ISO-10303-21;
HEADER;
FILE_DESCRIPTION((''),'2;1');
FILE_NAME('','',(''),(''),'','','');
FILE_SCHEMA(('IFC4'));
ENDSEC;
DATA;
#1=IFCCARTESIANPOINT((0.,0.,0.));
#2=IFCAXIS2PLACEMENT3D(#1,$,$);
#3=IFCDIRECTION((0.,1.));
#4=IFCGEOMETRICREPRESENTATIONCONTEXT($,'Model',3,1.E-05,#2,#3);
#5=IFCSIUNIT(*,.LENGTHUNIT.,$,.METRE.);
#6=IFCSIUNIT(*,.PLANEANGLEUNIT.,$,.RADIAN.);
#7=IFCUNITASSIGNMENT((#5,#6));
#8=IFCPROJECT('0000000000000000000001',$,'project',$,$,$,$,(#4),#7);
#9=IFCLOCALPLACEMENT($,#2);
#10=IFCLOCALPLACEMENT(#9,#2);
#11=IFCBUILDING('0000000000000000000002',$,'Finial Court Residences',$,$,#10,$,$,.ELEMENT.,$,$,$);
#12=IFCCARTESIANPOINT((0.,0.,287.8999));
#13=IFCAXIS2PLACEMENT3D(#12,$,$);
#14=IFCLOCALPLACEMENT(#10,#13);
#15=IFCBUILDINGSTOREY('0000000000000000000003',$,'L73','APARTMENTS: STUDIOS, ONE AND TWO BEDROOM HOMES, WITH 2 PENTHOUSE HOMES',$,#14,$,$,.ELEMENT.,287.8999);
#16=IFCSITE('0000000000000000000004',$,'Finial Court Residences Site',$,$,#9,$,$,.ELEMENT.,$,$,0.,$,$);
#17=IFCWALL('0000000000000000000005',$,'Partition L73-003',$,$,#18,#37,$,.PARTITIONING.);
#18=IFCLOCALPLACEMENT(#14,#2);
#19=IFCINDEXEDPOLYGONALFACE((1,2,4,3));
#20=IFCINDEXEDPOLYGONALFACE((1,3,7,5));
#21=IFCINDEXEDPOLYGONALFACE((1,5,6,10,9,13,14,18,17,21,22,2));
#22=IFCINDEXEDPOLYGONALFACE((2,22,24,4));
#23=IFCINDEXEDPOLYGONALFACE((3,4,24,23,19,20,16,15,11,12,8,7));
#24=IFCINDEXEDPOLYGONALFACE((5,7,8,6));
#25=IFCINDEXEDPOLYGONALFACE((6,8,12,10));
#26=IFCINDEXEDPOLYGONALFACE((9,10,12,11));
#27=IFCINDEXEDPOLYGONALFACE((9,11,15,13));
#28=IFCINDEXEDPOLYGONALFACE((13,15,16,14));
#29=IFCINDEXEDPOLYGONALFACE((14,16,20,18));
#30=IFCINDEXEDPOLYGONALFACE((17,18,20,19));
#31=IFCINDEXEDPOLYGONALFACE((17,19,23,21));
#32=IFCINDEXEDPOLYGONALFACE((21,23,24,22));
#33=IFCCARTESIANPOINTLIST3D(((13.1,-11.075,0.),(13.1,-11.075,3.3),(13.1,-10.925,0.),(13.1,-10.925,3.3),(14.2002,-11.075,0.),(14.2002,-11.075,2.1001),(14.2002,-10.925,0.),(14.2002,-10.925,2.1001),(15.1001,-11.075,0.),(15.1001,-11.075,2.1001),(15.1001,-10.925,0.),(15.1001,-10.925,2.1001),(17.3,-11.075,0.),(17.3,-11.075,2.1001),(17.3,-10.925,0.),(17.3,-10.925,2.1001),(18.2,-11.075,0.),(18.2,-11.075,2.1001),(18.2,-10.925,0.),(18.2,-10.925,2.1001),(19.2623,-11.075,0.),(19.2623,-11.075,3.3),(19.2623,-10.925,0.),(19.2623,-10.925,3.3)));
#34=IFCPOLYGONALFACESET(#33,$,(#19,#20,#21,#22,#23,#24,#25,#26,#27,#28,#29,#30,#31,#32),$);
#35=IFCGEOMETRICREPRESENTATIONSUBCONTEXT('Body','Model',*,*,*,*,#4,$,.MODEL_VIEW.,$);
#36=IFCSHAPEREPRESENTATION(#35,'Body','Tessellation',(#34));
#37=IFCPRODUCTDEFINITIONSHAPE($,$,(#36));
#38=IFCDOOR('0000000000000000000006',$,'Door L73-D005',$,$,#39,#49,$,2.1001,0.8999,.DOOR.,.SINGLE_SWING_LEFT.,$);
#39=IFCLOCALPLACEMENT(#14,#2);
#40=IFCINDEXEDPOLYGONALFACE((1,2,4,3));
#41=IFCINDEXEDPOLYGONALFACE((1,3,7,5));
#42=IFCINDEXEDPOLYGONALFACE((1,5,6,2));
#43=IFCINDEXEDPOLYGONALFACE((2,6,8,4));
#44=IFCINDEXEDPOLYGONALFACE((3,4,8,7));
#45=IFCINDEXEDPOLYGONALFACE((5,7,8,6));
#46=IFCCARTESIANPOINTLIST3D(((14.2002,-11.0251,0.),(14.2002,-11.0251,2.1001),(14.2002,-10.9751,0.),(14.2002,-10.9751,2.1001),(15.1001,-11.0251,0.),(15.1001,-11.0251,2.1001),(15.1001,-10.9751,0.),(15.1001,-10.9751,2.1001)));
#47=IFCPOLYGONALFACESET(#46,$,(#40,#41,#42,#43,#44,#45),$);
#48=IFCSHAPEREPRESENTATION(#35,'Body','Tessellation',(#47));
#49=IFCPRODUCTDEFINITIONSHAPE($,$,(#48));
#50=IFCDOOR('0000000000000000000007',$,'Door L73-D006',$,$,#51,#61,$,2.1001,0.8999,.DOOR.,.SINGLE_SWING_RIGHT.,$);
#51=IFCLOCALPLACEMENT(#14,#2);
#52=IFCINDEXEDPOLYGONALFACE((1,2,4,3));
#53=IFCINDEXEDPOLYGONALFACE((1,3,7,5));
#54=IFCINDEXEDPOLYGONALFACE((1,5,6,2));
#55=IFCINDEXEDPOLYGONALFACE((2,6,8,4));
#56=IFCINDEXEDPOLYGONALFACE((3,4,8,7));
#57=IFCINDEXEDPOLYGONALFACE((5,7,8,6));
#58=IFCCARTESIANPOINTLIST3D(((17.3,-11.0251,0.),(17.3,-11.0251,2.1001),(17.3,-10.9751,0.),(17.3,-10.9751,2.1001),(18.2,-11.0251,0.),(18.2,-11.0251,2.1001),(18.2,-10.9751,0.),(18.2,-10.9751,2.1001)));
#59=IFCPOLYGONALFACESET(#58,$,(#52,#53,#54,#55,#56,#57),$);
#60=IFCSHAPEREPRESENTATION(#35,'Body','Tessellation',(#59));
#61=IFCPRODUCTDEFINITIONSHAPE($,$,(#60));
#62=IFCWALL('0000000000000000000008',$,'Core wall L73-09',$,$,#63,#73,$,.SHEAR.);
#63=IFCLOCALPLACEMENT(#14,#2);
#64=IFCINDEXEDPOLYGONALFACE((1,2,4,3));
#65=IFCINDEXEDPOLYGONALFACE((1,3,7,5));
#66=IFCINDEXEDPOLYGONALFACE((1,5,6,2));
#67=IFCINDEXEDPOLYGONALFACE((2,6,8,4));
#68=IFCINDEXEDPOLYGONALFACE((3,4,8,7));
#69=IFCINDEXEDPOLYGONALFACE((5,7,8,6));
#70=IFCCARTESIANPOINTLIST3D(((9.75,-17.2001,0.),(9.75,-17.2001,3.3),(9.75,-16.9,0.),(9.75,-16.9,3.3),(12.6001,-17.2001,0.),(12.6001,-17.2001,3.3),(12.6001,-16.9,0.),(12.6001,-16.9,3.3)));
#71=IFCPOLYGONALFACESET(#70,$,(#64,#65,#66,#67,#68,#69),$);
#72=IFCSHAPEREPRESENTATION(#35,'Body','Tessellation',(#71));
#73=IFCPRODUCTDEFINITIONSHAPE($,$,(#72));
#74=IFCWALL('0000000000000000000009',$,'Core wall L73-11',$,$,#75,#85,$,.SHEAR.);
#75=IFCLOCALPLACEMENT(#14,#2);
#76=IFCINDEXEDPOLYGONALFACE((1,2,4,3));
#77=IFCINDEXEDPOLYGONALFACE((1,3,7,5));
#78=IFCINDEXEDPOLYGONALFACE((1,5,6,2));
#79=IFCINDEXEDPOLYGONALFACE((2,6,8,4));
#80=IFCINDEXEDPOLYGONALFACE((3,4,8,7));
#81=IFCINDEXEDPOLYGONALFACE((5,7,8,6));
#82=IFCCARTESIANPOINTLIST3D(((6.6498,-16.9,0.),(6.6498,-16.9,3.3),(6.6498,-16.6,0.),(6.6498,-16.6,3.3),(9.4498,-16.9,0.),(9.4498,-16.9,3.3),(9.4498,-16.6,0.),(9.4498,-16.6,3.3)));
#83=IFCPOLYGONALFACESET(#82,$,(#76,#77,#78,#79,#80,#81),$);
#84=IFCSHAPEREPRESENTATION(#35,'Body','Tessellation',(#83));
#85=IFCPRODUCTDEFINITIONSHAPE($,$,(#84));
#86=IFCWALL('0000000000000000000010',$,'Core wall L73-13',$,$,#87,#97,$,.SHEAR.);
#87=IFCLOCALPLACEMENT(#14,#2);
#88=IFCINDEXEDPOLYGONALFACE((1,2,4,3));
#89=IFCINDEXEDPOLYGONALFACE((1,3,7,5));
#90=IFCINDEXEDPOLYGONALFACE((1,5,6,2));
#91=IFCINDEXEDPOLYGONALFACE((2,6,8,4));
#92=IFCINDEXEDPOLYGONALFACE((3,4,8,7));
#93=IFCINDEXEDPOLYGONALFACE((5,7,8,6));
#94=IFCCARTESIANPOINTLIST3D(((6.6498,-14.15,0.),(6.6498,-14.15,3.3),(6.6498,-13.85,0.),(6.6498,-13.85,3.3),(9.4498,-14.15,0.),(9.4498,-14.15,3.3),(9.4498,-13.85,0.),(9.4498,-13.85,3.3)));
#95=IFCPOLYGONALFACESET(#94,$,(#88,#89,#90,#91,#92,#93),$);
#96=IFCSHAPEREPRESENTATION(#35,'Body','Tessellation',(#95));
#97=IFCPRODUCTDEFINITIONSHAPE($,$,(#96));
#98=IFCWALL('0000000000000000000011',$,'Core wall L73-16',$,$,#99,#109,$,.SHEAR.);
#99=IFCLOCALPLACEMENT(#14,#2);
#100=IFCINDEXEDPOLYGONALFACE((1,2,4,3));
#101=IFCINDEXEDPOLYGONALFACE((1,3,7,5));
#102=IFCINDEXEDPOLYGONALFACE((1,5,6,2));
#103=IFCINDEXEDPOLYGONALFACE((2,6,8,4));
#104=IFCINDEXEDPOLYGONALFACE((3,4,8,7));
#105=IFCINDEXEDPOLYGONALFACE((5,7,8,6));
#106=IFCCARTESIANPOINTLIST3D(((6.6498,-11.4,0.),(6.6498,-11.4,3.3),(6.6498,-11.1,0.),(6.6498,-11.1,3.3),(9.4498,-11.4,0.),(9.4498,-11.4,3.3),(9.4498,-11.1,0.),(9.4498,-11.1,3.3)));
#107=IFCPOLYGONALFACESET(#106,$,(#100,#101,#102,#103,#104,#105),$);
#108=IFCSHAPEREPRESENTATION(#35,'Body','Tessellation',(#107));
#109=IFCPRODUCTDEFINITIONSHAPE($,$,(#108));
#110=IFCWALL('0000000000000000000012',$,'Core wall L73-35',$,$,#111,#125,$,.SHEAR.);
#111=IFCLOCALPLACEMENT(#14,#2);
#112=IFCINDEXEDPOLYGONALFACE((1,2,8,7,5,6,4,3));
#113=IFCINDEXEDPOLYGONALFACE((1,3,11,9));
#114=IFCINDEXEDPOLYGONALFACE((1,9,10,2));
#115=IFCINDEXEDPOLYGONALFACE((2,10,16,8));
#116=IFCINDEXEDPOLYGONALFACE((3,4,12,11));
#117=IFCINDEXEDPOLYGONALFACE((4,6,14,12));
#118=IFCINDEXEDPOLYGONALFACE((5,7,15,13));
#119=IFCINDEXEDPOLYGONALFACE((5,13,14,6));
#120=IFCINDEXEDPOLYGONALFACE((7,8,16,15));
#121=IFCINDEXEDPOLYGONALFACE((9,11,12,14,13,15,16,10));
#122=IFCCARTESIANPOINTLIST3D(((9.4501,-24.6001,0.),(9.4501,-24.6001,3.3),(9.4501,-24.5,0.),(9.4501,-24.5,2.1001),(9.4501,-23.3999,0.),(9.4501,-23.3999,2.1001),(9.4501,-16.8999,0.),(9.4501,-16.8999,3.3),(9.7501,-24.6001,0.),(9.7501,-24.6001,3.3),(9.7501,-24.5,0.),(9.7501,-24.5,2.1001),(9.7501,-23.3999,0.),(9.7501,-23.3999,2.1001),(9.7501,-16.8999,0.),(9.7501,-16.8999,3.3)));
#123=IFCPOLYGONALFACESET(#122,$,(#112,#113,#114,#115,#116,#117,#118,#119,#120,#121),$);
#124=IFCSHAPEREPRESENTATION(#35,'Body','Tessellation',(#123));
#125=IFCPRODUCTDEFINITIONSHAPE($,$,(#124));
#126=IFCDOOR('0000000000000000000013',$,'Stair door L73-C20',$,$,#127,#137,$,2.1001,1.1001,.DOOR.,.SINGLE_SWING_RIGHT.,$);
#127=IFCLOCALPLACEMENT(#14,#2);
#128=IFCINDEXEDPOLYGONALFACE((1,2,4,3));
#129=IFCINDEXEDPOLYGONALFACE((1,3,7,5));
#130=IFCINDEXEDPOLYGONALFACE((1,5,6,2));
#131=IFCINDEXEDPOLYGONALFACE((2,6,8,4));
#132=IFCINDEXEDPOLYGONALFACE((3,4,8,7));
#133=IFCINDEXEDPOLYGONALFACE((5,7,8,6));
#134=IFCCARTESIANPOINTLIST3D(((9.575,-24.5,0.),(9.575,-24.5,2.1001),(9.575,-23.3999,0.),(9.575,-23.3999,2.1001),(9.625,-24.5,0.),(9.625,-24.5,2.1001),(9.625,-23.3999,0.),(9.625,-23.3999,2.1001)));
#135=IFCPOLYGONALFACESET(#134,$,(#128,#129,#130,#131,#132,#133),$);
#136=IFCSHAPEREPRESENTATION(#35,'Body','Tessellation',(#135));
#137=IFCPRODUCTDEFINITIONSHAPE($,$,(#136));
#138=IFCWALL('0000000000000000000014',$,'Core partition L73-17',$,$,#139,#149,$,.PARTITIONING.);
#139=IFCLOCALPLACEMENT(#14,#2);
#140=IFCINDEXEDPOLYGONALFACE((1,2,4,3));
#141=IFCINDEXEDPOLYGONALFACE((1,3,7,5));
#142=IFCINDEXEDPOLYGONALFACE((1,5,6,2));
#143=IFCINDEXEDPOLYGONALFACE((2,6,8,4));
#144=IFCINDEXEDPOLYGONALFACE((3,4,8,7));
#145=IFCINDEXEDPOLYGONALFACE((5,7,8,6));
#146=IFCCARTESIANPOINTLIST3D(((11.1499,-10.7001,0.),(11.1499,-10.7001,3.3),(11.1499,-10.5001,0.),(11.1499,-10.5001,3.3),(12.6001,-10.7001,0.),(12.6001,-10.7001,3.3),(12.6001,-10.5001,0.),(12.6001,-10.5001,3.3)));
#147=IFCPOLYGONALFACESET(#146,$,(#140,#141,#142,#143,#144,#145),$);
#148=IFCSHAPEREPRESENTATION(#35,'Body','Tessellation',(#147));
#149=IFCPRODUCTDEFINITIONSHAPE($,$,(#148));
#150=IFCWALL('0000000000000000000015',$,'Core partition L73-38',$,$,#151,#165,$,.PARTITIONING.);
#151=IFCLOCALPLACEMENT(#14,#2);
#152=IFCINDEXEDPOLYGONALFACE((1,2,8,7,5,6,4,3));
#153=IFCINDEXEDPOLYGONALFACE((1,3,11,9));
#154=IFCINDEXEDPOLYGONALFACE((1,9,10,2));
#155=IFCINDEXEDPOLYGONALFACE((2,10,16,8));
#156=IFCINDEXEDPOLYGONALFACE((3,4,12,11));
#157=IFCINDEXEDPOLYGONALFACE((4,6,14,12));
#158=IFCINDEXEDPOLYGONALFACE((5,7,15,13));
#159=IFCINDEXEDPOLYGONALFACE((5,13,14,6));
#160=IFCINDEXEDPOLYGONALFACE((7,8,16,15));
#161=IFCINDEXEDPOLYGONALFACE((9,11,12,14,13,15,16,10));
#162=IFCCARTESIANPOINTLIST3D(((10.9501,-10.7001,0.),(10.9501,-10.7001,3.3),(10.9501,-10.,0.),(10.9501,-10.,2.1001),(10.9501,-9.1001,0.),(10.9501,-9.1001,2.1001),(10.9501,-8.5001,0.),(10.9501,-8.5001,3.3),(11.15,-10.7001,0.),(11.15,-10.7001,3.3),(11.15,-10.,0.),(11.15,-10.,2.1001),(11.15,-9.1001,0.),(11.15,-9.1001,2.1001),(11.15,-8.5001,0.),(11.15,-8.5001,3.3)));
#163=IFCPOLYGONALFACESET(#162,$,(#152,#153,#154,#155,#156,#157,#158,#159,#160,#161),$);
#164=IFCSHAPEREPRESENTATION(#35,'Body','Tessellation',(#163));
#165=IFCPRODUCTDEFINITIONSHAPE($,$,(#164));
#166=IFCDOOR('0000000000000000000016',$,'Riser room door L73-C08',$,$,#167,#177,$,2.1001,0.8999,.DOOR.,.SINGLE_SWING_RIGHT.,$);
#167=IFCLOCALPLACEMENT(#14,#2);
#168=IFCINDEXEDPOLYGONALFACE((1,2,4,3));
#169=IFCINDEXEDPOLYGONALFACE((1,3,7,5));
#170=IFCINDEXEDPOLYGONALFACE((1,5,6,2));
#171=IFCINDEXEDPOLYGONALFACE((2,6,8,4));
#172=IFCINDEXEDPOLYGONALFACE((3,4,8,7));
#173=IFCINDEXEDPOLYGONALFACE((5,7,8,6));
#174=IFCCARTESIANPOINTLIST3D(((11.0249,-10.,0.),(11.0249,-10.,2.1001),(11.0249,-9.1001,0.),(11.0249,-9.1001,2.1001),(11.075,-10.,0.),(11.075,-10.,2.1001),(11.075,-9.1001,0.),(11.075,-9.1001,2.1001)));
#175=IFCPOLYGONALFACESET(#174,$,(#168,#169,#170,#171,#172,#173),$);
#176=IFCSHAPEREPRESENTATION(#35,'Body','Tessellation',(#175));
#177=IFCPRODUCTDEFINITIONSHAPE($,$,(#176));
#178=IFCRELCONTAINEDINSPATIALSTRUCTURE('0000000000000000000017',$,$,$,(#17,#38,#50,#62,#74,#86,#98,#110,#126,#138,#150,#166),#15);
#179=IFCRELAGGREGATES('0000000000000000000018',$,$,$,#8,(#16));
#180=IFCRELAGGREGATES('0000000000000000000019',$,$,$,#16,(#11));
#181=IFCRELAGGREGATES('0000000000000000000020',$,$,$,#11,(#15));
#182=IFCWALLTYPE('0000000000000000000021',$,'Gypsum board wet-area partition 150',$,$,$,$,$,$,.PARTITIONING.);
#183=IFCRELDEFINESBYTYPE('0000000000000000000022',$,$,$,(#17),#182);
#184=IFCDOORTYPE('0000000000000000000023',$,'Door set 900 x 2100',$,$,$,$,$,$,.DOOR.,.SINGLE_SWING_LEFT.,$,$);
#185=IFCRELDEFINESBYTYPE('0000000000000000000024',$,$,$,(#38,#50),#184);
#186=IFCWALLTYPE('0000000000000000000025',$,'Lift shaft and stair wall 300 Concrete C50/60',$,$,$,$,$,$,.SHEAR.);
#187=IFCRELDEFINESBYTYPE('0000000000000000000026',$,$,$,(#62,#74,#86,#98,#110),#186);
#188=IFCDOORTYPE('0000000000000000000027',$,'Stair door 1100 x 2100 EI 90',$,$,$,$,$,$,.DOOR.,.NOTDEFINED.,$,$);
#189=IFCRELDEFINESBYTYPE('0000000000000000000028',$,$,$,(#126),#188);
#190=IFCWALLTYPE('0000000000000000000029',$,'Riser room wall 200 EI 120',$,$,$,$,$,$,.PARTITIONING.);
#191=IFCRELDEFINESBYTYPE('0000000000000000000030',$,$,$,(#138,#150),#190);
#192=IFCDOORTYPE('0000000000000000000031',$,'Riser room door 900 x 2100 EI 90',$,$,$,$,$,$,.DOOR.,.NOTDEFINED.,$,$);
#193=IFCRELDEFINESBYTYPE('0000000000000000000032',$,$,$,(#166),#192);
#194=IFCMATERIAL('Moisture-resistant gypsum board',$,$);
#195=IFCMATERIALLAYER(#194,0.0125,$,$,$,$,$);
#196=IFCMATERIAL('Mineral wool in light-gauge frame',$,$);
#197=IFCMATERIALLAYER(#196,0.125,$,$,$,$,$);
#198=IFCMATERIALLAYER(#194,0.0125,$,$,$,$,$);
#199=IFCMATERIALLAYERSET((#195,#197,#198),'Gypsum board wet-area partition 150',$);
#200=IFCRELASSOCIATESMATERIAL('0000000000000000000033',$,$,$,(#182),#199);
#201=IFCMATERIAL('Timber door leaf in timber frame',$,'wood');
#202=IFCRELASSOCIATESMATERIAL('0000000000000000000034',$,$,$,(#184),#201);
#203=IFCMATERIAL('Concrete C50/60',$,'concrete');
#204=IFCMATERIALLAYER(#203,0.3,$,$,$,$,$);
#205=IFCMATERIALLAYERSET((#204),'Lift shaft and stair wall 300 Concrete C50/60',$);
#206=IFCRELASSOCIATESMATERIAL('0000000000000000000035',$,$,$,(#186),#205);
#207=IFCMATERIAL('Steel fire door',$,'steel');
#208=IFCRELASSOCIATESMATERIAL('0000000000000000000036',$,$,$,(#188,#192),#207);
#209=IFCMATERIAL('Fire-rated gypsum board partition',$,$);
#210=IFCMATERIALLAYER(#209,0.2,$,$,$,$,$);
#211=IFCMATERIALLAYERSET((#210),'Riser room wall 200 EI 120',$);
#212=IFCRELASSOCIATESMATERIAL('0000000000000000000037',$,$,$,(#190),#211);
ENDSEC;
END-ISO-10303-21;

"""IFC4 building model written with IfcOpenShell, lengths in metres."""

from ifc_helpers import new_model, si_unit, direction, frame, frame_2d, origin, place, context, subcontext, project, spatial, rectangle, extrude, material, layer, layer_set, type_object, element, fill, save


model = new_model("IFC4")

# Units and contexts
model_context = context("Model", 3, precision=1e-05, world=origin(), true_north=direction((0.0, 1.0)))
body_context = subcontext(model_context, "Body", "Model", "MODEL_VIEW")
ifc_project = project(units=[si_unit("LENGTHUNIT", "METRE"), si_unit("PLANEANGLEUNIT", "RADIAN")], contexts=[model_context])

# Site, building, storey
site_placement = place(None, origin())
site = spatial("IfcSite", under=ifc_project, at=site_placement, Name="Finial Court Residences Site", CompositionType="ELEMENT", RefElevation=0.0)
building_placement = place(site_placement, origin())
building = spatial("IfcBuilding", under=site, at=building_placement, Name="Finial Court Residences", CompositionType="ELEMENT")
storey_placement = place(building_placement, frame((0.0, 0.0, 287.8999)))
storey = spatial("IfcBuildingStorey", under=building, at=storey_placement, Name="L73", Description="APARTMENTS: STUDIOS, ONE AND TWO BEDROOM HOMES, WITH 2 PENTHOUSE HOMES", CompositionType="ELEMENT", Elevation=287.8999)

# Shared definitions
ifc_material_1 = material(Name="Concrete C50/60", Category="concrete")

# Shared definitions
ifc_material_2 = material(Name="Fire-rated gypsum board partition")

# Shared definitions
ifc_material_3 = material(Name="Mineral wool in light-gauge frame")

# Shared definitions
ifc_material_4 = material(Name="Moisture-resistant gypsum board")
ifc_layer_1 = layer(ifc_material_4, 0.0125)
ifc_layer_2 = layer(ifc_material_3, 0.125)
ifc_layer_3 = layer(ifc_material_4, 0.0125)
ifc_layer_set_1 = layer_set([ifc_layer_1, ifc_layer_2, ifc_layer_3], Name="Gypsum board wet-area partition 150")
wall_type_1 = type_object("IfcWallType", Name="Gypsum board wet-area partition 150", PredefinedType="PARTITIONING", material=ifc_layer_set_1)
ifc_material_5 = material(Name="Timber door leaf in timber frame", Category="wood")
door_type_1 = type_object("IfcDoorType", Name="Door set 900 x 2100", OperationType="SINGLE_SWING_LEFT", PredefinedType="DOOR", material=ifc_material_5)

# Wall, openings, doors
wall_1_placement = place(storey_placement, frame((13.1001, -11.0, 0.0), z_axis=(0.0, 0.0, 1.0), x_axis=(1.0, 0.0, 0.0)))
wall_1 = element("IfcWall", 1, at=wall_1_placement, inside=storey, type_object=wall_type_1, Name="Partition L73-003", PredefinedType="PARTITIONING", context=body_context, shape_type="SweptSolid", body=[
    extrude(rectangle(XDim=6.1624, YDim=0.1499, at=frame_2d((3.0811, 0.0))), origin(), (0.0, 0.0, 1.0), 3.3),
])
opening_1_placement = place(wall_1_placement, frame((1.1001, 0.0, 0.0)))
opening_1 = element("IfcOpeningElement", 2, at=opening_1_placement, cuts=wall_1, PredefinedType="OPENING", context=body_context, shape_type="SweptSolid", body=[
    extrude(rectangle(XDim=0.8999, YDim=2.1001, at=frame_2d((0.45, 1.05))), frame((0.0, 0.085, 0.0), z_axis=(0.0, -1.0, 0.0), x_axis=(1.0, 0.0, 0.0)), (0.0, 0.0, 1.0), 0.1699),
])
opening_2_placement = place(wall_1_placement, frame((4.2, 0.0, 0.0)))
opening_2 = element("IfcOpeningElement", 3, at=opening_2_placement, cuts=wall_1, PredefinedType="OPENING", context=body_context, shape_type="SweptSolid", body=[
    extrude(rectangle(XDim=0.8999, YDim=2.1001, at=frame_2d((0.45, 1.05))), frame((0.0, 0.085, 0.0), z_axis=(0.0, -1.0, 0.0), x_axis=(1.0, 0.0, 0.0)), (0.0, 0.0, 1.0), 0.1699),
])
door_1_placement = place(opening_1_placement, origin())
door_1 = element("IfcDoor", 4, at=door_1_placement, inside=storey, type_object=door_type_1, Name="Door L73-D005", OperationType="SINGLE_SWING_LEFT", OverallHeight=2.1001, OverallWidth=0.8999, PredefinedType="DOOR", context=body_context, shape_type="SweptSolid", body=[
    extrude(rectangle(XDim=0.8999, YDim=2.1001, at=frame_2d((0.45, 1.05))), frame((0.0, 0.0249, 0.0), z_axis=(0.0, -1.0, 0.0), x_axis=(1.0, 0.0, 0.0)), (0.0, 0.0, 1.0), 0.05),
])
fill(opening_1, door_1)
door_2_placement = place(opening_2_placement, origin())
door_2 = element("IfcDoor", 5, at=door_2_placement, inside=storey, type_object=door_type_1, Name="Door L73-D006", OperationType="SINGLE_SWING_RIGHT", OverallHeight=2.1001, OverallWidth=0.8999, PredefinedType="DOOR", context=body_context, shape_type="SweptSolid", body=[
    extrude(rectangle(XDim=0.8999, YDim=2.1001, at=frame_2d((0.45, 1.05))), frame((0.0, 0.0249, 0.0), z_axis=(0.0, -1.0, 0.0), x_axis=(1.0, 0.0, 0.0)), (0.0, 0.0, 1.0), 0.05),
])
fill(opening_2, door_2)

# Walls
ifc_layer_4 = layer(ifc_material_1, 0.3)
ifc_layer_set_2 = layer_set([ifc_layer_4], Name="Lift shaft and stair wall 300 Concrete C50/60")
wall_type_2 = type_object("IfcWallType", Name="Lift shaft and stair wall 300 Concrete C50/60", PredefinedType="SHEAR", material=ifc_layer_set_2)
wall_2_placement = place(storey_placement, frame((9.75, -17.05, 0.0), z_axis=(0.0, 0.0, 1.0), x_axis=(1.0, 0.0, 0.0)))
element("IfcWall", 6, at=wall_2_placement, inside=storey, type_object=wall_type_2, Name="Core wall L73-09", PredefinedType="SHEAR", context=body_context, shape_type="SweptSolid", body=[
    extrude(rectangle(XDim=2.8501, YDim=0.3, at=frame_2d((1.425, 0.0))), origin(), (0.0, 0.0, 1.0), 3.3),
])
for number, where, z_axis, x_axis, name in (
    (7, (6.6499, -16.75, 0.0), (0.0, 0.0, 1.0), (1.0, 0.0, 0.0), "Core wall L73-11"),
    (8, (6.6499, -14.0, 0.0), (0.0, 0.0, 1.0), (1.0, 0.0, 0.0), "Core wall L73-13"),
    (9, (6.6499, -11.25, 0.0), (0.0, 0.0, 1.0), (1.0, 0.0, 0.0), "Core wall L73-16"),
):
    element("IfcWall", number, at=place(storey_placement, frame(where, z_axis=z_axis, x_axis=x_axis)), inside=storey, type_object=wall_type_2, Name=name, PredefinedType="SHEAR", context=body_context, shape_type="SweptSolid", body=[
        extrude(rectangle(XDim=2.8, YDim=0.3, at=frame_2d((1.3999, 0.0))), origin(), (0.0, 0.0, 1.0), 3.3),
    ])

# Wall, opening, door
wall_3_placement = place(storey_placement, frame((9.6001, -16.8999, 0.0), z_axis=(0.0, 0.0, 1.0), x_axis=(0.0, -1.0, 0.0)))
wall_3 = element("IfcWall", 10, at=wall_3_placement, inside=storey, type_object=wall_type_2, Name="Core wall L73-35", PredefinedType="SHEAR", context=body_context, shape_type="SweptSolid", body=[
    extrude(rectangle(XDim=7.7002, YDim=0.3, at=frame_2d((3.8501, 0.0))), origin(), (0.0, 0.0, 1.0), 3.3),
])
opening_3_placement = place(wall_3_placement, frame((6.5, 0.0, 0.0)))
opening_3 = element("IfcOpeningElement", 11, at=opening_3_placement, cuts=wall_3, PredefinedType="OPENING", context=body_context, shape_type="SweptSolid", body=[
    extrude(rectangle(XDim=1.1001, YDim=2.1001, at=frame_2d((0.55, 1.05))), frame((0.0, 0.1599, 0.0), z_axis=(0.0, -1.0, 0.0), x_axis=(1.0, 0.0, 0.0)), (0.0, 0.0, 1.0), 0.3201),
])
ifc_material_6 = material(Name="Steel fire door", Category="steel")
door_type_2 = type_object("IfcDoorType", Name="Stair door 1100 x 2100 EI 90", OperationType="NOTDEFINED", PredefinedType="DOOR", material=ifc_material_6)
door_3_placement = place(opening_3_placement, origin())
door_3 = element("IfcDoor", 12, at=door_3_placement, inside=storey, type_object=door_type_2, Name="Stair door L73-C20", OperationType="SINGLE_SWING_RIGHT", OverallHeight=2.1001, OverallWidth=1.1001, PredefinedType="DOOR", context=body_context, shape_type="SweptSolid", body=[
    extrude(rectangle(XDim=1.1001, YDim=2.1001, at=frame_2d((0.55, 1.05))), frame((0.0, 0.0249, 0.0), z_axis=(0.0, -1.0, 0.0), x_axis=(1.0, 0.0, 0.0)), (0.0, 0.0, 1.0), 0.05),
])
fill(opening_3, door_3)

# Wall
ifc_layer_5 = layer(ifc_material_2, 0.2)
ifc_layer_set_3 = layer_set([ifc_layer_5], Name="Riser room wall 200 EI 120")
wall_type_3 = type_object("IfcWallType", Name="Riser room wall 200 EI 120", PredefinedType="PARTITIONING", material=ifc_layer_set_3)
wall_4_placement = place(storey_placement, frame((11.1499, -10.6001, 0.0), z_axis=(0.0, 0.0, 1.0), x_axis=(1.0, 0.0, 0.0)))
element("IfcWall", 13, at=wall_4_placement, inside=storey, type_object=wall_type_3, Name="Core partition L73-17", PredefinedType="PARTITIONING", context=body_context, shape_type="SweptSolid", body=[
    extrude(rectangle(XDim=1.4502, YDim=0.2, at=frame_2d((0.7251, 0.0))), origin(), (0.0, 0.0, 1.0), 3.3),
])

# Wall, opening, door
wall_5_placement = place(storey_placement, frame((11.05, -8.5, 0.0), z_axis=(0.0, 0.0, 1.0), x_axis=(0.0, -1.0, 0.0)))
wall_5 = element("IfcWall", 14, at=wall_5_placement, inside=storey, type_object=wall_type_3, Name="Core partition L73-38", PredefinedType="PARTITIONING", context=body_context, shape_type="SweptSolid", body=[
    extrude(rectangle(XDim=2.2, YDim=0.2, at=frame_2d((1.1001, 0.0))), origin(), (0.0, 0.0, 1.0), 3.3),
])
opening_4_placement = place(wall_5_placement, frame((0.6001, 0.0, 0.0)))
opening_4 = element("IfcOpeningElement", 15, at=opening_4_placement, cuts=wall_5, PredefinedType="OPENING", context=body_context, shape_type="SweptSolid", body=[
    extrude(rectangle(XDim=0.8999, YDim=2.1001, at=frame_2d((0.45, 1.05))), frame((0.0, 0.1099, 0.0), z_axis=(0.0, -1.0, 0.0), x_axis=(1.0, 0.0, 0.0)), (0.0, 0.0, 1.0), 0.22),
])
door_type_3 = type_object("IfcDoorType", Name="Riser room door 900 x 2100 EI 90", OperationType="NOTDEFINED", PredefinedType="DOOR", material=ifc_material_6)
door_4_placement = place(opening_4_placement, origin())
door_4 = element("IfcDoor", 16, at=door_4_placement, inside=storey, type_object=door_type_3, Name="Riser room door L73-C08", OperationType="SINGLE_SWING_RIGHT", OverallHeight=2.1001, OverallWidth=0.8999, PredefinedType="DOOR", context=body_context, shape_type="SweptSolid", body=[
    extrude(rectangle(XDim=0.8999, YDim=2.1001, at=frame_2d((0.45, 1.05))), frame((0.0, 0.0249, 0.0), z_axis=(0.0, -1.0, 0.0), x_axis=(1.0, 0.0, 0.0)), (0.0, 0.0, 1.0), 0.05),
])
fill(opening_4, door_4)

save(model, "model.ifc")
